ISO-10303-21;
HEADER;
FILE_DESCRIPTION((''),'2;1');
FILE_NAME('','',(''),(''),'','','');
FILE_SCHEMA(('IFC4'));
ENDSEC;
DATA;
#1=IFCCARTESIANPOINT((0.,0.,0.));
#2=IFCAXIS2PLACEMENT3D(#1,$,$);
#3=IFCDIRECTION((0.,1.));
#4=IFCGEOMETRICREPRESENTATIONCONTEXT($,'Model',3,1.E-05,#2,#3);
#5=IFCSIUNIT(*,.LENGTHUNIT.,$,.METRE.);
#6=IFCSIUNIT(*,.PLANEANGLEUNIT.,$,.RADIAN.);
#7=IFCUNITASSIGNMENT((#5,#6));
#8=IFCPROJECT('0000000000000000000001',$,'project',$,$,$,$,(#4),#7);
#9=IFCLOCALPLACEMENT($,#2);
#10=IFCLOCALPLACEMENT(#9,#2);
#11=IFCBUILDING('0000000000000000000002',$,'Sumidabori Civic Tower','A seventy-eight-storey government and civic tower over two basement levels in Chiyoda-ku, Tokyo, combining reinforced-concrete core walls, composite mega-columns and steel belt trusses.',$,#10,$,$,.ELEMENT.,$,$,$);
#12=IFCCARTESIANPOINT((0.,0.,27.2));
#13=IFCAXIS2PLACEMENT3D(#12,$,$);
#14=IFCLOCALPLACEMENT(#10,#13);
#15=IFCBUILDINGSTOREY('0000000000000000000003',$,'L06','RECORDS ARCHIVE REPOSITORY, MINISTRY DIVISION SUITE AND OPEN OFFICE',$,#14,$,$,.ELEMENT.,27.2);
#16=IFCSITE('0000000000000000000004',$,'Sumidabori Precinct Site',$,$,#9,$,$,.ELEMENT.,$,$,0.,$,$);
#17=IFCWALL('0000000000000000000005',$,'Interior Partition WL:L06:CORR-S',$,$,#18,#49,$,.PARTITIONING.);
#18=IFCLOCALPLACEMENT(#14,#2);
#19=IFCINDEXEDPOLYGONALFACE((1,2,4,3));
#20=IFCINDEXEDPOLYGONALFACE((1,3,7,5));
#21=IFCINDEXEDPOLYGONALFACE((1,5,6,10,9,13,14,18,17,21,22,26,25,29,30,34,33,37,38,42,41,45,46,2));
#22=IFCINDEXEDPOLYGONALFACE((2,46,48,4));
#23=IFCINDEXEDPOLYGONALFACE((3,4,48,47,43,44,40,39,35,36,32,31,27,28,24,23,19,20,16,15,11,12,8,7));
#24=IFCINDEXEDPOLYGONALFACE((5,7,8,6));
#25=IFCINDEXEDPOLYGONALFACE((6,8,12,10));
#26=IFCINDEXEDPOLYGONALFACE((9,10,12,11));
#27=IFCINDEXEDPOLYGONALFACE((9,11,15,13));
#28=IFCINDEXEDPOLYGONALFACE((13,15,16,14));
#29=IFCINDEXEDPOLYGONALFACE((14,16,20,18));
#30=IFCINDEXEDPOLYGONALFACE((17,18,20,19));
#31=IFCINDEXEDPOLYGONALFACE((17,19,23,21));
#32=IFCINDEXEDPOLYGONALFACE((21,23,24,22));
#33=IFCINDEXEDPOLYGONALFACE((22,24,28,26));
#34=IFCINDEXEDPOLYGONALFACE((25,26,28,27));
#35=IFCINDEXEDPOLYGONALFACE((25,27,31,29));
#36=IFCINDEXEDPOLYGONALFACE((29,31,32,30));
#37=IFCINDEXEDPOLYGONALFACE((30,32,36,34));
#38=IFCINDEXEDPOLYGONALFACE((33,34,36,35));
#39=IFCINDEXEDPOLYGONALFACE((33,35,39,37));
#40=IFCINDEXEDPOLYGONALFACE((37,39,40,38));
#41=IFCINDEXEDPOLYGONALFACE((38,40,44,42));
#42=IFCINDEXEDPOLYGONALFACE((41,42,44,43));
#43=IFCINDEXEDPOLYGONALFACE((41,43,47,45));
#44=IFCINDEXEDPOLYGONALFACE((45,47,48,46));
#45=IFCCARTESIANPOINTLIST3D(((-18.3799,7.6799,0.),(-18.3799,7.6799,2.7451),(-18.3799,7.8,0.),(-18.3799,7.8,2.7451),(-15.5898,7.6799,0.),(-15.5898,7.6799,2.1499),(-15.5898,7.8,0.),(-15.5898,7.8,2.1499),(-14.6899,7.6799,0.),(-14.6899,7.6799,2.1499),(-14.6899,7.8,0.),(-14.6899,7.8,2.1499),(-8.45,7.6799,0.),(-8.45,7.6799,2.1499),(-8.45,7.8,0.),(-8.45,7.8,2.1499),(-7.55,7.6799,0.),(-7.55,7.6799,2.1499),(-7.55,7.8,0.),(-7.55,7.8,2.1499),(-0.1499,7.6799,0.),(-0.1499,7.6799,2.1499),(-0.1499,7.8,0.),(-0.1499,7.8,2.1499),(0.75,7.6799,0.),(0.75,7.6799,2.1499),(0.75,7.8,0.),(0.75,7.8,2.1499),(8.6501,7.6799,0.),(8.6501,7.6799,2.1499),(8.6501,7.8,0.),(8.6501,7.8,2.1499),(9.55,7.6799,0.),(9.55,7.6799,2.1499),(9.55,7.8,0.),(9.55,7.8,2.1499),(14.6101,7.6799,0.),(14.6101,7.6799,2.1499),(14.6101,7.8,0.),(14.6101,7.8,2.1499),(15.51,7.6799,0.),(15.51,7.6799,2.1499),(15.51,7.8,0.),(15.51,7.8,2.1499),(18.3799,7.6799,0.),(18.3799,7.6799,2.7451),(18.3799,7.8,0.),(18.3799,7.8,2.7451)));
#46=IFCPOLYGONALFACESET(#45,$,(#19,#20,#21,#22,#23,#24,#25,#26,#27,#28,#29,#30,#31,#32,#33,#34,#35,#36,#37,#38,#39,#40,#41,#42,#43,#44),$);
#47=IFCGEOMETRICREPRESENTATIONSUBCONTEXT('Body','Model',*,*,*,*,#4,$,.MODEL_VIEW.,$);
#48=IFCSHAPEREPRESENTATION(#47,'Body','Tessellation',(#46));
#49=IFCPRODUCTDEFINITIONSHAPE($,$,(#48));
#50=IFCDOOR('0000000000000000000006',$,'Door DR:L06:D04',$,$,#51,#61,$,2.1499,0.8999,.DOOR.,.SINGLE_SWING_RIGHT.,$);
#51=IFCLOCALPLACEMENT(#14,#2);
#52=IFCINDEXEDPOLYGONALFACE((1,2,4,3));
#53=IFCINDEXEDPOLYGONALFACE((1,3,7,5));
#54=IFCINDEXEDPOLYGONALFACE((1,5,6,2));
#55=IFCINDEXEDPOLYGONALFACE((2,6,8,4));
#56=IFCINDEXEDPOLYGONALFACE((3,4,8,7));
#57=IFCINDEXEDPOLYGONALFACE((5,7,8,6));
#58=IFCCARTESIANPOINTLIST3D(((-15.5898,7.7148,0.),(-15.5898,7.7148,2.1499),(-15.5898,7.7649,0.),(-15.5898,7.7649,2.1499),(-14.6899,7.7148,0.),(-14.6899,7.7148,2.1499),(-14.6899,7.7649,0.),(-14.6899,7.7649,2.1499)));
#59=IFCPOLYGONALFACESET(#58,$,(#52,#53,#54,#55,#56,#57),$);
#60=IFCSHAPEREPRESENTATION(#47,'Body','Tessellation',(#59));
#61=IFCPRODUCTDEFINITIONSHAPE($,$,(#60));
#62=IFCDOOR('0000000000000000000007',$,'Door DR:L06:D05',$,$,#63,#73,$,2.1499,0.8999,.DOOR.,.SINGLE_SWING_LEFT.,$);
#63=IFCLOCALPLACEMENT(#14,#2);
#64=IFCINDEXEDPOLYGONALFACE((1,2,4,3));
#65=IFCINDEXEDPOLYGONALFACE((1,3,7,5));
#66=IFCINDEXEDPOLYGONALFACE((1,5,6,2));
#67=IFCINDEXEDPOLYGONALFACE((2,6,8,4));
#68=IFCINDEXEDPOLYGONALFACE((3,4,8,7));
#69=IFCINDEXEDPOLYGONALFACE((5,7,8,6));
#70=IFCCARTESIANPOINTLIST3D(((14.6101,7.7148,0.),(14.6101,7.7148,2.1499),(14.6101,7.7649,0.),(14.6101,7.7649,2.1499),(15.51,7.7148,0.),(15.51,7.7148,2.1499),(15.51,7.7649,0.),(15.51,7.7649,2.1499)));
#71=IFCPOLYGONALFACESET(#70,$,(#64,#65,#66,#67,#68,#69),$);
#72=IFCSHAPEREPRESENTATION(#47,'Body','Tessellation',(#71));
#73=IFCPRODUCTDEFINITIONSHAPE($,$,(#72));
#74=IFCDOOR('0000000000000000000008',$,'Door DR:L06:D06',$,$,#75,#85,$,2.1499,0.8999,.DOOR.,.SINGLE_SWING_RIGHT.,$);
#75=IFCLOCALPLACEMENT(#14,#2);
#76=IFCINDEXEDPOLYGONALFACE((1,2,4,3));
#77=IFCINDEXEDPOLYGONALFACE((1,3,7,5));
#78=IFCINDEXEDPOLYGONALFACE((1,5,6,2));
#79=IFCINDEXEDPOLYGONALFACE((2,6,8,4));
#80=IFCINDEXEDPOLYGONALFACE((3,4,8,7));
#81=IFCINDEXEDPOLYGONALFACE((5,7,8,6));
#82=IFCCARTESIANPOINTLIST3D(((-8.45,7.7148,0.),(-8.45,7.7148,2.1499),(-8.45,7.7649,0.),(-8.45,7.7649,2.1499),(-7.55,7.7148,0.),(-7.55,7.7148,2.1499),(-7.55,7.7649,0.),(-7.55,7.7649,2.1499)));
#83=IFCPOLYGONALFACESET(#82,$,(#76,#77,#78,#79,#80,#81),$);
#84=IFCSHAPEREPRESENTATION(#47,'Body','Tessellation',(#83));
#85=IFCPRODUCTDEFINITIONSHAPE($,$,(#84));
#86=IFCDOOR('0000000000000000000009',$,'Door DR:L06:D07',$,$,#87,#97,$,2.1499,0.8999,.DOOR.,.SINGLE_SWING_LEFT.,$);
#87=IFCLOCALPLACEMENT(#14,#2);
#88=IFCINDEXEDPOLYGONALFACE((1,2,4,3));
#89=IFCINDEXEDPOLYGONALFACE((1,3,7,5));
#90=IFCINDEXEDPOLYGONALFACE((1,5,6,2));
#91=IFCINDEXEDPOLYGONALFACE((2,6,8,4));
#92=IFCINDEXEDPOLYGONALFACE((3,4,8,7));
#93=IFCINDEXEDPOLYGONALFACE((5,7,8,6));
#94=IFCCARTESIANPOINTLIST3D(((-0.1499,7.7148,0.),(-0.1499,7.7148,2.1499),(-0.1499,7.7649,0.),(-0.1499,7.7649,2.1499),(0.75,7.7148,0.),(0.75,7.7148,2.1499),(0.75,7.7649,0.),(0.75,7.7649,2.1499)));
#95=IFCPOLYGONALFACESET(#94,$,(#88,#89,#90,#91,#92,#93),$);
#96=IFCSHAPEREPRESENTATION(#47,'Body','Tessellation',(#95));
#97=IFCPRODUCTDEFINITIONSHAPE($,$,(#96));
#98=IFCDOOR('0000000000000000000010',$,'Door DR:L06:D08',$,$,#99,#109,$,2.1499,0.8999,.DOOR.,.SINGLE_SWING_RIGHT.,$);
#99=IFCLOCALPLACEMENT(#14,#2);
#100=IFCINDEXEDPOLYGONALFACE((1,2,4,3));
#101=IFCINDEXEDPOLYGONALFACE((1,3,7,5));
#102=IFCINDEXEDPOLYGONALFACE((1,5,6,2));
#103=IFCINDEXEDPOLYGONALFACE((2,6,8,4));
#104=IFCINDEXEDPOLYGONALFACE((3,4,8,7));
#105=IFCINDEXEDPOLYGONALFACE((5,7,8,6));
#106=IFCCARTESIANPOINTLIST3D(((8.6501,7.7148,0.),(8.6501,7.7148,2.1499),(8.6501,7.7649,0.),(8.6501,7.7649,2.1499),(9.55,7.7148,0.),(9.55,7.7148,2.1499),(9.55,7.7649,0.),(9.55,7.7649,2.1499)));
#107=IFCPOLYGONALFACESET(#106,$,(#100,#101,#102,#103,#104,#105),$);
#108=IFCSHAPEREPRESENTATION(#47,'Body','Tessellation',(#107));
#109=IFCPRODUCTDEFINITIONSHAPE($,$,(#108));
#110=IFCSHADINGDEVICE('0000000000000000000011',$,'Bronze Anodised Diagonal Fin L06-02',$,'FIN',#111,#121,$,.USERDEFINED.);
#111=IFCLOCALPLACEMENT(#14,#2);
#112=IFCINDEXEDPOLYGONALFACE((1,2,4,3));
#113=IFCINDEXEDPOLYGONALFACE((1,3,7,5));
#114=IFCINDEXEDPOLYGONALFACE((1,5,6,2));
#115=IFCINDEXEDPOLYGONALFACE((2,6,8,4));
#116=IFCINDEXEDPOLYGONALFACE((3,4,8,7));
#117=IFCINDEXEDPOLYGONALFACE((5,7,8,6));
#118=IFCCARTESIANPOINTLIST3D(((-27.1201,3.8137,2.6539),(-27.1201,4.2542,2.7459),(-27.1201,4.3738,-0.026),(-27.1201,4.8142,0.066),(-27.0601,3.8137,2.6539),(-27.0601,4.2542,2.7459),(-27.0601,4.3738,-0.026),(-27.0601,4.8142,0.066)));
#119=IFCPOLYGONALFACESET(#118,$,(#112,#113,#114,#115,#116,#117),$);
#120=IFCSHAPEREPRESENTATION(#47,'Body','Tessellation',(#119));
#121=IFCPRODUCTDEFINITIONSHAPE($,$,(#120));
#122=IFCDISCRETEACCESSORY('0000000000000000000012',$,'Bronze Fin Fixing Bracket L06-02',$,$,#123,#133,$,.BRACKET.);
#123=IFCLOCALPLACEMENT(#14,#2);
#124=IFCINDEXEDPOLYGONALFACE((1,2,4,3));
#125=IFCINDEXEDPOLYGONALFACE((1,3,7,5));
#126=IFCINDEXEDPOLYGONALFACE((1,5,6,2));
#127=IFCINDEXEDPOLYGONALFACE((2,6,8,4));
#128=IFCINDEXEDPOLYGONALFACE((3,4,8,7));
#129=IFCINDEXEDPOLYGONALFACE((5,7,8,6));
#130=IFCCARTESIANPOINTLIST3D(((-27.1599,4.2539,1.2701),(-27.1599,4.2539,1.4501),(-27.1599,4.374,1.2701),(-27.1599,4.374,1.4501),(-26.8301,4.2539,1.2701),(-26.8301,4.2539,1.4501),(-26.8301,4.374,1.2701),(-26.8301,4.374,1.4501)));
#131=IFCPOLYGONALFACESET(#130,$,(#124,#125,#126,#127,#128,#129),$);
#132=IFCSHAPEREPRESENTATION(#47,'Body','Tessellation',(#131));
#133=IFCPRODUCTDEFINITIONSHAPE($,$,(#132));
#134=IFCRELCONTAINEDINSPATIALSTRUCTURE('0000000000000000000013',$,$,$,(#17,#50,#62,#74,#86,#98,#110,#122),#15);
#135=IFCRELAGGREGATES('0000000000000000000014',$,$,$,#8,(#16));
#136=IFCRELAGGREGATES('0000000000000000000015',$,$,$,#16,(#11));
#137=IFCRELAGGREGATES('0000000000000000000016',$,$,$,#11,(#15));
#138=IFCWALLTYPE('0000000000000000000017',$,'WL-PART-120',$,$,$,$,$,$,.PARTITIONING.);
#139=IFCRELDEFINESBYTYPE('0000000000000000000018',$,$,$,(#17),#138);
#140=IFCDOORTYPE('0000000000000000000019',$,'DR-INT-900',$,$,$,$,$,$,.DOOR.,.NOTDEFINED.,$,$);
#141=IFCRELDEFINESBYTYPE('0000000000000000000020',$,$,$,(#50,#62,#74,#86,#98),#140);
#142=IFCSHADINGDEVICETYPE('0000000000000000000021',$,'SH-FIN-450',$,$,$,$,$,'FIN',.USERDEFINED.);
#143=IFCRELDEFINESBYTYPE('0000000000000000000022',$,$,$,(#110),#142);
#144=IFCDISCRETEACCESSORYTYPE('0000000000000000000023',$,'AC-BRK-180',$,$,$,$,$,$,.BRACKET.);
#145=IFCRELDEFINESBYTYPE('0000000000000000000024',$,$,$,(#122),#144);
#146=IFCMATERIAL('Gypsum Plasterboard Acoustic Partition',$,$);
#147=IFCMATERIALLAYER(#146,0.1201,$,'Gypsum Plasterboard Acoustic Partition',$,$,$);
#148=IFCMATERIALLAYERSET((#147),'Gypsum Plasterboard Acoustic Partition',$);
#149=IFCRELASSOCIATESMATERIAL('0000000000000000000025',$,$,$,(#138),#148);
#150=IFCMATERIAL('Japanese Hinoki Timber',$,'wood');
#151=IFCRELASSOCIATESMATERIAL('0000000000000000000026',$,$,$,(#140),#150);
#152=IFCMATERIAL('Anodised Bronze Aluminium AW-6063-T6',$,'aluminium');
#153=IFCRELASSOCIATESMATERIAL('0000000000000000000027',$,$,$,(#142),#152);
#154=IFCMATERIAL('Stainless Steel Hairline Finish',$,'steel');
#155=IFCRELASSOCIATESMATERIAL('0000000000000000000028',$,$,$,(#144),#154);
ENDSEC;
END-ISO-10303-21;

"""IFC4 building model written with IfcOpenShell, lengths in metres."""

from ifc_helpers import new_model, si_unit, direction, frame, frame_2d, origin, origin_2d, place, context, subcontext, project, spatial, rectangle, extrude, source, transform, mapped, material, layer, layer_set, material_profile, profile_set, type_object, element, fill, save


model = new_model("IFC4")

# Units and contexts
model_context = context("Model", 3, precision=1e-05, world=origin(), true_north=direction((0.0, 1.0)))
body_context = subcontext(model_context, "Body", "Model", "MODEL_VIEW")
ifc_project = project(units=[si_unit("LENGTHUNIT", "METRE"), si_unit("PLANEANGLEUNIT", "RADIAN")], contexts=[model_context])

# Site, building, storey
site_placement = place(None, origin())
site = spatial("IfcSite", under=ifc_project, at=site_placement, Name="Sumidabori Precinct Site", CompositionType="ELEMENT", RefElevation=0.0)
building_placement = place(site_placement, origin())
building = spatial("IfcBuilding", under=site, at=building_placement, Name="Sumidabori Civic Tower", Description="A seventy-eight-storey government and civic tower over two basement levels in Chiyoda-ku, Tokyo, combining reinforced-concrete core walls, composite mega-columns and steel belt trusses.", CompositionType="ELEMENT")
storey_placement = place(building_placement, frame((0.0, 0.0, 27.2)))
storey = spatial("IfcBuildingStorey", under=building, at=storey_placement, Name="L06", Description="RECORDS ARCHIVE REPOSITORY, MINISTRY DIVISION SUITE AND OPEN OFFICE", CompositionType="ELEMENT", Elevation=27.2)

# Shared definitions
ifc_material_1 = material(Name="Anodised Bronze Aluminium AW-6063-T6", Category="aluminium")

# Shared definitions
ifc_material_2 = material(Name="Gypsum Plasterboard Acoustic Partition")
ifc_layer_1 = layer(ifc_material_2, 0.1201, Name="Gypsum Plasterboard Acoustic Partition")
ifc_layer_set_1 = layer_set([ifc_layer_1], Name="Gypsum Plasterboard Acoustic Partition")
wall_type = type_object("IfcWallType", Name="WL-PART-120", PredefinedType="PARTITIONING", material=ifc_layer_set_1)

# Shared definitions
ifc_material_3 = material(Name="Japanese Hinoki Timber", Category="wood")
door_type = type_object("IfcDoorType", Name="DR-INT-900", OperationType="NOTDEFINED", PredefinedType="DOOR", material=ifc_material_3)
shared_shape_1 = source(origin(), body_context, "Body", "SweptSolid", [
    extrude(rectangle(XDim=0.8999, YDim=2.1499, at=frame_2d((0.45, 1.075))), frame((0.0, 0.0249, 0.0), z_axis=(0.0, -1.0, 0.0), x_axis=(1.0, 0.0, 0.0)), (0.0, 0.0, 1.0), 0.05),
])

# Wall, openings, doors
shared_shape_2 = source(origin(), body_context, "Body", "SweptSolid", [
    extrude(rectangle(XDim=36.7598, YDim=0.1201, at=frame_2d((18.3799, 0.0))), origin(), (0.0, 0.0, 1.0), 2.7451),
])
wall_1_placement = place(storey_placement, frame((-18.3799, 7.74, 0.0), z_axis=(0.0, 0.0, 1.0), x_axis=(1.0, 0.0, 0.0)))
wall_1 = element("IfcWall", 1, at=wall_1_placement, inside=storey, type_object=wall_type, Name="Interior Partition WL:L06:CORR-S", PredefinedType="PARTITIONING", context=body_context, shape_type="MappedRepresentation", body=[
    mapped(shared_shape_2, transform((0.0, 0.0, 0.0), x_axis=(1.0, 0.0, 0.0), y_axis=(0.0, 1.0, 0.0), z_axis=(0.0, 0.0, 1.0), scale=1.0)),
])
opening_1_placement = place(wall_1_placement, frame((2.79, 0.0, 0.0)))
opening_1 = element("IfcOpeningElement", 2, at=opening_1_placement, cuts=wall_1, PredefinedType="OPENING", context=body_context, shape_type="SweptSolid", body=[
    extrude(rectangle(XDim=0.8999, YDim=2.1499, at=frame_2d((0.45, 1.075))), frame((0.0, 0.072, 0.0), z_axis=(0.0, -1.0, 0.0), x_axis=(1.0, 0.0, 0.0)), (0.0, 0.0, 1.0), 0.144),
])
opening_2_placement = place(wall_1_placement, frame((32.99, 0.0, 0.0)))
opening_2 = element("IfcOpeningElement", 3, at=opening_2_placement, cuts=wall_1, PredefinedType="OPENING", context=body_context, shape_type="SweptSolid", body=[
    extrude(rectangle(XDim=0.8999, YDim=2.1499, at=frame_2d((0.45, 1.075))), frame((0.0, 0.072, 0.0), z_axis=(0.0, -1.0, 0.0), x_axis=(1.0, 0.0, 0.0)), (0.0, 0.0, 1.0), 0.144),
])
opening_3_placement = place(wall_1_placement, frame((9.9299, 0.0, 0.0)))
opening_3 = element("IfcOpeningElement", 4, at=opening_3_placement, cuts=wall_1, PredefinedType="OPENING", context=body_context, shape_type="SweptSolid", body=[
    extrude(rectangle(XDim=0.8999, YDim=2.1499, at=frame_2d((0.45, 1.075))), frame((0.0, 0.072, 0.0), z_axis=(0.0, -1.0, 0.0), x_axis=(1.0, 0.0, 0.0)), (0.0, 0.0, 1.0), 0.144),
])
opening_4_placement = place(wall_1_placement, frame((18.23, 0.0, 0.0)))
opening_4 = element("IfcOpeningElement", 5, at=opening_4_placement, cuts=wall_1, PredefinedType="OPENING", context=body_context, shape_type="SweptSolid", body=[
    extrude(rectangle(XDim=0.8999, YDim=2.1499, at=frame_2d((0.45, 1.075))), frame((0.0, 0.072, 0.0), z_axis=(0.0, -1.0, 0.0), x_axis=(1.0, 0.0, 0.0)), (0.0, 0.0, 1.0), 0.144),
])
opening_5_placement = place(wall_1_placement, frame((27.03, 0.0, 0.0)))
opening_5 = element("IfcOpeningElement", 6, at=opening_5_placement, cuts=wall_1, PredefinedType="OPENING", context=body_context, shape_type="SweptSolid", body=[
    extrude(rectangle(XDim=0.8999, YDim=2.1499, at=frame_2d((0.45, 1.075))), frame((0.0, 0.072, 0.0), z_axis=(0.0, -1.0, 0.0), x_axis=(1.0, 0.0, 0.0)), (0.0, 0.0, 1.0), 0.144),
])
door_1_placement = place(opening_1_placement, origin())
door_1 = element("IfcDoor", 7, at=door_1_placement, inside=storey, type_object=door_type, Name="Door DR:L06:D04", OperationType="SINGLE_SWING_RIGHT", OverallHeight=2.1499, OverallWidth=0.8999, PredefinedType="DOOR", context=body_context, shape_type="MappedRepresentation", body=[
    mapped(shared_shape_1, transform((0.0, 0.0, 0.0), x_axis=(1.0, 0.0, 0.0), y_axis=(0.0, 1.0, 0.0), z_axis=(0.0, 0.0, 1.0), scale=1.0)),
])
fill(opening_1, door_1)
door_2_placement = place(opening_2_placement, origin())
door_2 = element("IfcDoor", 8, at=door_2_placement, inside=storey, type_object=door_type, Name="Door DR:L06:D05", OperationType="SINGLE_SWING_LEFT", OverallHeight=2.1499, OverallWidth=0.8999, PredefinedType="DOOR", context=body_context, shape_type="MappedRepresentation", body=[
    mapped(shared_shape_1, transform((0.0, 0.0, 0.0), x_axis=(1.0, 0.0, 0.0), y_axis=(0.0, 1.0, 0.0), z_axis=(0.0, 0.0, 1.0), scale=1.0)),
])
fill(opening_2, door_2)
door_3_placement = place(opening_3_placement, origin())
door_3 = element("IfcDoor", 9, at=door_3_placement, inside=storey, type_object=door_type, Name="Door DR:L06:D06", OperationType="SINGLE_SWING_RIGHT", OverallHeight=2.1499, OverallWidth=0.8999, PredefinedType="DOOR", context=body_context, shape_type="MappedRepresentation", body=[
    mapped(shared_shape_1, transform((0.0, 0.0, 0.0), x_axis=(1.0, 0.0, 0.0), y_axis=(0.0, 1.0, 0.0), z_axis=(0.0, 0.0, 1.0), scale=1.0)),
])
fill(opening_3, door_3)
door_4_placement = place(opening_4_placement, origin())
door_4 = element("IfcDoor", 10, at=door_4_placement, inside=storey, type_object=door_type, Name="Door DR:L06:D07", OperationType="SINGLE_SWING_LEFT", OverallHeight=2.1499, OverallWidth=0.8999, PredefinedType="DOOR", context=body_context, shape_type="MappedRepresentation", body=[
    mapped(shared_shape_1, transform((0.0, 0.0, 0.0), x_axis=(1.0, 0.0, 0.0), y_axis=(0.0, 1.0, 0.0), z_axis=(0.0, 0.0, 1.0), scale=1.0)),
])
fill(opening_4, door_4)
door_5_placement = place(opening_5_placement, origin())
door_5 = element("IfcDoor", 11, at=door_5_placement, inside=storey, type_object=door_type, Name="Door DR:L06:D08", OperationType="SINGLE_SWING_RIGHT", OverallHeight=2.1499, OverallWidth=0.8999, PredefinedType="DOOR", context=body_context, shape_type="MappedRepresentation", body=[
    mapped(shared_shape_1, transform((0.0, 0.0, 0.0), x_axis=(1.0, 0.0, 0.0), y_axis=(0.0, 1.0, 0.0), z_axis=(0.0, 0.0, 1.0), scale=1.0)),
])
fill(opening_5, door_5)

# Shading device
ifc_material_profile_1 = material_profile(ifc_material_1, rectangle(XDim=0.0601, YDim=0.45, at=origin_2d()), Name="BRONZE FIN 450x60")
ifc_profile_set_1 = profile_set([ifc_material_profile_1], Name="Anodised Bronze Aluminium AW-6063-T6")
shading_device_type = type_object("IfcShadingDeviceType", Name="SH-FIN-450", ElementType="FIN", PredefinedType="USERDEFINED", material=ifc_profile_set_1)
shared_shape_3 = source(origin(), body_context, "Body", "SweptSolid", [
    extrude(rectangle(XDim=0.0601, YDim=0.45, at=origin_2d()), origin(), (0.0, 0.0, 1.0), 2.7378),
])
shading_device_placement = place(storey_placement, frame((-27.0901, 4.594, 0.02), z_axis=(0.0, -0.204563, 0.978853), x_axis=(-1.0, 0.0, 0.0)))
element("IfcShadingDevice", 12, at=shading_device_placement, inside=storey, type_object=shading_device_type, Name="Bronze Anodised Diagonal Fin L06-02", ObjectType="FIN", PredefinedType="USERDEFINED", context=body_context, shape_type="MappedRepresentation", body=[
    mapped(shared_shape_3, transform((0.0, 0.0, 0.0), x_axis=(1.0, 0.0, 0.0), y_axis=(0.0, 1.0, 0.0), z_axis=(0.0, 0.0, 1.0), scale=1.0)),
])

# Discrete accessory
ifc_material_4 = material(Name="Stainless Steel Hairline Finish", Category="steel")
ifc_material_profile_2 = material_profile(ifc_material_4, rectangle(XDim=0.1201, YDim=0.1799, at=origin_2d()), Name="STEEL BRACKET 180x120")
ifc_profile_set_2 = profile_set([ifc_material_profile_2], Name="Stainless Steel Hairline Finish")
discrete_accessory_type = type_object("IfcDiscreteAccessoryType", Name="AC-BRK-180", PredefinedType="BRACKET", material=ifc_profile_set_2)
shared_shape_4 = source(origin(), body_context, "Body", "SweptSolid", [
    extrude(rectangle(XDim=0.1201, YDim=0.1799, at=origin_2d()), origin(), (0.0, 0.0, 1.0), 0.3298),
])
discrete_accessory_placement = place(storey_placement, frame((-26.8301, 4.314, 1.3601), z_axis=(-1.0, 0.0, 0.0), x_axis=(0.0, -1.0, 0.0)))
element("IfcDiscreteAccessory", 13, at=discrete_accessory_placement, inside=storey, type_object=discrete_accessory_type, Name="Bronze Fin Fixing Bracket L06-02", PredefinedType="BRACKET", context=body_context, shape_type="MappedRepresentation", body=[
    mapped(shared_shape_4, transform((0.0, 0.0, 0.0), x_axis=(1.0, 0.0, 0.0), y_axis=(0.0, 1.0, 0.0), z_axis=(0.0, 0.0, 1.0), scale=1.0)),
])

save(model, "model.ifc")
